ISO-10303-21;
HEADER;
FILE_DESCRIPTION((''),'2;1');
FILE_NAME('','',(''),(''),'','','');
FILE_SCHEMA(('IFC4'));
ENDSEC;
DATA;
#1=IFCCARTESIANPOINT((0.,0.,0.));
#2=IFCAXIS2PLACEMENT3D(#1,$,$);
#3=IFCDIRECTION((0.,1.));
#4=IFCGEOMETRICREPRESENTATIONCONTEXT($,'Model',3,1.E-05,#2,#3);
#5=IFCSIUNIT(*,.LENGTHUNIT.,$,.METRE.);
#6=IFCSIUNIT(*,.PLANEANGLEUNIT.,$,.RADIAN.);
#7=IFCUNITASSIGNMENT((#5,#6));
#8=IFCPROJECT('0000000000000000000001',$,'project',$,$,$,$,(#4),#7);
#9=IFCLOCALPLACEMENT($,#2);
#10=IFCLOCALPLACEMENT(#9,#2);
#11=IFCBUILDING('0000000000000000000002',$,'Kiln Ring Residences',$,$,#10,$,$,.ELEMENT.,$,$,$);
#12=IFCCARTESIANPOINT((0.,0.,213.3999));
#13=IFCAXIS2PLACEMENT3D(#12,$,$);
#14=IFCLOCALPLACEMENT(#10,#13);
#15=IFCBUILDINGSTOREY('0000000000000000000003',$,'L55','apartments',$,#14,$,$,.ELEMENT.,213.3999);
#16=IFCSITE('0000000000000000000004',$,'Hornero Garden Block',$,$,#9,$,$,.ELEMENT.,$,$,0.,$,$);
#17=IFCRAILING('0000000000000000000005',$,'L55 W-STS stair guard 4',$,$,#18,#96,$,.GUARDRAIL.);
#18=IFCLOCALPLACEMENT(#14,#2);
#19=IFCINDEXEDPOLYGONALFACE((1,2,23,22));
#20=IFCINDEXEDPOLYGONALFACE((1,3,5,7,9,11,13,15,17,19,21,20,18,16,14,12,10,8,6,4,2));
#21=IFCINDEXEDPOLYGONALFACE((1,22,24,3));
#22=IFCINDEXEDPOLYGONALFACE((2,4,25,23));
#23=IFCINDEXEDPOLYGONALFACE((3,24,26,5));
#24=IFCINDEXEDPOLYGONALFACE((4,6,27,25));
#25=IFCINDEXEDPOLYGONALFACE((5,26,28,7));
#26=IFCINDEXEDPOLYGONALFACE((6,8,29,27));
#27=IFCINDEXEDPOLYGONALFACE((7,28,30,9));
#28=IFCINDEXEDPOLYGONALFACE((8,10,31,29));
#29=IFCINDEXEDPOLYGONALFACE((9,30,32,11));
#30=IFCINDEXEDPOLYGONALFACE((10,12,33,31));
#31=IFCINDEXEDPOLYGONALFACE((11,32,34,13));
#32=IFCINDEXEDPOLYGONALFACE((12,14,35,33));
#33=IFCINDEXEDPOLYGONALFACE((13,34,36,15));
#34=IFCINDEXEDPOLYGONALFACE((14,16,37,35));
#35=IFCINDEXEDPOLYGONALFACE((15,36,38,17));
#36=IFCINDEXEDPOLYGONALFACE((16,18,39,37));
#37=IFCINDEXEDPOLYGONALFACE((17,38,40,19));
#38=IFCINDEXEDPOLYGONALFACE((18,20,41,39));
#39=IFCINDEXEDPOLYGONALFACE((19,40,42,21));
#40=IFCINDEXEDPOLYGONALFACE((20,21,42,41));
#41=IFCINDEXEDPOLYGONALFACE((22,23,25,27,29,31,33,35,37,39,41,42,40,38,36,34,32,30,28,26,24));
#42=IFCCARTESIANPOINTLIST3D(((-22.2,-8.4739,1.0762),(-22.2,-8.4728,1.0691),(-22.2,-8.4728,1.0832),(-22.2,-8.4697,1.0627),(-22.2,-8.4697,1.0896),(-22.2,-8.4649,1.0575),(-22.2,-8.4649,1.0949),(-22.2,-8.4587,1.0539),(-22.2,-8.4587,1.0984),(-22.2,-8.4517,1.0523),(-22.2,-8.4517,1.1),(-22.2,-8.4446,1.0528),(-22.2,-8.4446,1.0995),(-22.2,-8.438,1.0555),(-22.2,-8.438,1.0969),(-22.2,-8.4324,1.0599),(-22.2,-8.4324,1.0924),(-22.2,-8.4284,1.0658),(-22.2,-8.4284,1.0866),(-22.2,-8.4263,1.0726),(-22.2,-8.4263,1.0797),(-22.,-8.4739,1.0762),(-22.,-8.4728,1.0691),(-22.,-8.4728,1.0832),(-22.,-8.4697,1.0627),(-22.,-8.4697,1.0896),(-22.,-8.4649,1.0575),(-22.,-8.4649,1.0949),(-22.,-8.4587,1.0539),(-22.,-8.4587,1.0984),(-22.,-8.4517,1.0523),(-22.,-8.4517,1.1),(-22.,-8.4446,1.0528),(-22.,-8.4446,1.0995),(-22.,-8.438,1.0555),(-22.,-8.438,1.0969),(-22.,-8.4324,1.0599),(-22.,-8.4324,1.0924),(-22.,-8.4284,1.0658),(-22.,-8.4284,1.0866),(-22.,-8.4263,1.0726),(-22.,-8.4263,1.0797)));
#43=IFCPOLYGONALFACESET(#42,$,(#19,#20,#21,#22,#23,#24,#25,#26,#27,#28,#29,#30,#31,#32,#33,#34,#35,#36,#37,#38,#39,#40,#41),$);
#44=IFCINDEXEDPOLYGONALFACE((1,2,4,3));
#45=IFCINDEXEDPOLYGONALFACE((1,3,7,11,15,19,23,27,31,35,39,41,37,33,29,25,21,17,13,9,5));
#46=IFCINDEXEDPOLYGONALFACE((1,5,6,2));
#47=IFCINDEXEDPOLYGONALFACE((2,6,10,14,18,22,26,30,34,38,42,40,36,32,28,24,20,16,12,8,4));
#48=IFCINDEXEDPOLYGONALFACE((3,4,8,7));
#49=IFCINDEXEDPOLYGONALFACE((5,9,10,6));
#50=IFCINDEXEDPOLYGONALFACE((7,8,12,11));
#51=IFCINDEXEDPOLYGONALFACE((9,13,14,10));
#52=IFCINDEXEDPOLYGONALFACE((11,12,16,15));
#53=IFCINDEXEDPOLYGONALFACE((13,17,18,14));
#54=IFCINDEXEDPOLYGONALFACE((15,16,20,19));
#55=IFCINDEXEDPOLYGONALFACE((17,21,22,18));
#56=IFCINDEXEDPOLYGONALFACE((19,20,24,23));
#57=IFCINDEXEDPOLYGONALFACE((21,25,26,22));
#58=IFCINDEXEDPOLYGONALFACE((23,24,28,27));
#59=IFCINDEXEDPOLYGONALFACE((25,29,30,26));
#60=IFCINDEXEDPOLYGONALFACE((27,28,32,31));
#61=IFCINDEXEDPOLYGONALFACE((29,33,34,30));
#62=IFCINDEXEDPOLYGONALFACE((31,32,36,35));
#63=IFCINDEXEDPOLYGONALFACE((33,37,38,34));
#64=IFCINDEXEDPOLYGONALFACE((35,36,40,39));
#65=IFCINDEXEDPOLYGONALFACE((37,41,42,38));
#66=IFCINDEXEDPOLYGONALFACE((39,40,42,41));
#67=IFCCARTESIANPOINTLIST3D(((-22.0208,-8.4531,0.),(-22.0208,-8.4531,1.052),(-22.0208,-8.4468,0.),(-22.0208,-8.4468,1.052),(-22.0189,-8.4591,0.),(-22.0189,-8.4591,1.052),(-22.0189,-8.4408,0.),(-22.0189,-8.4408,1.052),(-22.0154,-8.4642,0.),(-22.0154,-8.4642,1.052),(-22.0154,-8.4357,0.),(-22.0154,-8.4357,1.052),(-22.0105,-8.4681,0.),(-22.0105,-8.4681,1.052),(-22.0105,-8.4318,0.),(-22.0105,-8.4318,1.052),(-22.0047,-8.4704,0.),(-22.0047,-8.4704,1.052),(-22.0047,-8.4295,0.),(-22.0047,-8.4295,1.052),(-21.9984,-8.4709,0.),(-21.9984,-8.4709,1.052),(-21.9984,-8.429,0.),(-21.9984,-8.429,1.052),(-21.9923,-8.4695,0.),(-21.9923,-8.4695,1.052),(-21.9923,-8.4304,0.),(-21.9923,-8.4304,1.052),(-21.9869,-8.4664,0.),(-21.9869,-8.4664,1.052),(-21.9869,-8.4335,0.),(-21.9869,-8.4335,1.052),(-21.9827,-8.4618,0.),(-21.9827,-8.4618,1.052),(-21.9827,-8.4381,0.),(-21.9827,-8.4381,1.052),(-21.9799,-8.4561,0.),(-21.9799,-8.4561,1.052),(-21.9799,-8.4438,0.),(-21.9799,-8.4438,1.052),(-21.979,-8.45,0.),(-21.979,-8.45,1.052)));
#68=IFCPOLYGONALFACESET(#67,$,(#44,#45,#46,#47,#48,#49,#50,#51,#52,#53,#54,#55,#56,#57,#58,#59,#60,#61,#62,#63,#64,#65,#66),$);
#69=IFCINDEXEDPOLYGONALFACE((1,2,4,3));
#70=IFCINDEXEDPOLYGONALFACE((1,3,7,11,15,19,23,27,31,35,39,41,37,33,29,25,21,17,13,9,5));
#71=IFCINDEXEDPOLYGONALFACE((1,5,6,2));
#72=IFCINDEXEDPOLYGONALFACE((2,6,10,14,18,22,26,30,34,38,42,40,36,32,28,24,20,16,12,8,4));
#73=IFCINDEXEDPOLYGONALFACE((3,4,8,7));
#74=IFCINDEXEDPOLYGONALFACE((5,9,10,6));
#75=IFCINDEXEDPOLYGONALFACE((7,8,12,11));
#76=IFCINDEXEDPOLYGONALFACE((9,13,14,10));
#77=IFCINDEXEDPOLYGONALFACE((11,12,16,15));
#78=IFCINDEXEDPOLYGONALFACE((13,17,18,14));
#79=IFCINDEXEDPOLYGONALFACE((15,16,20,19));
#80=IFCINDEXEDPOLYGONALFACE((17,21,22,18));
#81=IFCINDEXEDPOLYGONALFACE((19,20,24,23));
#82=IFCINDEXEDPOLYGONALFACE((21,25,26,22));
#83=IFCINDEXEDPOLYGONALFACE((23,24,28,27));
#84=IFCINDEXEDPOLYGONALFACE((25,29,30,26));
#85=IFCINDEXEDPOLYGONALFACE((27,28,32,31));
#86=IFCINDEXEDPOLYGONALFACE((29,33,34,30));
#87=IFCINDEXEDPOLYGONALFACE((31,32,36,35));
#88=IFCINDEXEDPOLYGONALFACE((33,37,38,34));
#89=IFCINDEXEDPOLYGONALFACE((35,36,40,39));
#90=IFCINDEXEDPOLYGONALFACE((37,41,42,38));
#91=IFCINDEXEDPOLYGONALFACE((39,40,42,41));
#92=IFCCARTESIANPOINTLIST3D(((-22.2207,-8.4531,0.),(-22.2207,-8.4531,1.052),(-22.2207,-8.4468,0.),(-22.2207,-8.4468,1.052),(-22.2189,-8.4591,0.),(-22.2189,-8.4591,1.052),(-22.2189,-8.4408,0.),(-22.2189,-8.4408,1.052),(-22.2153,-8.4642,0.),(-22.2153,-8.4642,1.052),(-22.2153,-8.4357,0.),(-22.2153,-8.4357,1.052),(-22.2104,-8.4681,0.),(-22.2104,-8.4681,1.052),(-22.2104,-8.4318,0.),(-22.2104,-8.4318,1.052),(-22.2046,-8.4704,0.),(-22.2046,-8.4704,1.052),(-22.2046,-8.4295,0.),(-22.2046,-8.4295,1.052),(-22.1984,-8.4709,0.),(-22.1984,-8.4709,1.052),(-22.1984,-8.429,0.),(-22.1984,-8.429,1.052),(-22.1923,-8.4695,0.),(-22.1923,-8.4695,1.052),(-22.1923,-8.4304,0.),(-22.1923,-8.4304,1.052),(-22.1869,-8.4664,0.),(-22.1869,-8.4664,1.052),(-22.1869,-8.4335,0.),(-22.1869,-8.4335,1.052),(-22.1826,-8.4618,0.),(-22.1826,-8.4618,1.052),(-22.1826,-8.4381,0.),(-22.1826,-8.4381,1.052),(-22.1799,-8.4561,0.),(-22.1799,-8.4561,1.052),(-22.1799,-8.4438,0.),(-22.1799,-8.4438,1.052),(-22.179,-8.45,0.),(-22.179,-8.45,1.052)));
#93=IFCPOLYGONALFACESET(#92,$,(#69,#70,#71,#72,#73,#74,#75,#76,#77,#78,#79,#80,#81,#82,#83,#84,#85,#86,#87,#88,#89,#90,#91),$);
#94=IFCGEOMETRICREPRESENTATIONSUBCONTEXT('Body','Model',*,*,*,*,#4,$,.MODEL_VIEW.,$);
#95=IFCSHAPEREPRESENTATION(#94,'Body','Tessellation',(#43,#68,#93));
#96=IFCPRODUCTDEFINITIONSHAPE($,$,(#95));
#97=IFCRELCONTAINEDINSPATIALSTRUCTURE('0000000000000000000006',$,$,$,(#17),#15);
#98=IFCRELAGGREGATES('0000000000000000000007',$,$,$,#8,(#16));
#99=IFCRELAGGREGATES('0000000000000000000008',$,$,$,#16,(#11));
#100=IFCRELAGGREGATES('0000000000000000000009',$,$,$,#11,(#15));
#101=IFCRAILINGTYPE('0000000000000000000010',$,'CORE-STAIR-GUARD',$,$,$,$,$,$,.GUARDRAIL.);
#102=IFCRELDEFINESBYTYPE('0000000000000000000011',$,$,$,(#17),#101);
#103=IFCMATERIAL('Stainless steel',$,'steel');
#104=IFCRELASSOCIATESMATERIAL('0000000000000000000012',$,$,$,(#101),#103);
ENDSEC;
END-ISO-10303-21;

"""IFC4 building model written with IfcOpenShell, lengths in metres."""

from ifc_helpers import new_model, si_unit, direction, frame, origin, origin_2d, place, context, subcontext, project, spatial, circle, extrude, material, type_object, element, save


model = new_model("IFC4")

# Units and contexts
model_context = context("Model", 3, precision=1e-05, world=origin(), true_north=direction((0.0, 1.0)))
body_context = subcontext(model_context, "Body", "Model", "MODEL_VIEW")
ifc_project = project(units=[si_unit("LENGTHUNIT", "METRE"), si_unit("PLANEANGLEUNIT", "RADIAN")], contexts=[model_context])

# Site, building, storey
site_placement = place(None, origin())
site = spatial("IfcSite", under=ifc_project, at=site_placement, Name="Hornero Garden Block", CompositionType="ELEMENT", RefElevation=0.0)
building_placement = place(site_placement, origin())
building = spatial("IfcBuilding", under=site, at=building_placement, Name="Kiln Ring Residences", CompositionType="ELEMENT")
storey_placement = place(building_placement, frame((0.0, 0.0, 213.3999)))
storey = spatial("IfcBuildingStorey", under=building, at=storey_placement, Name="L55", Description="apartments", CompositionType="ELEMENT", Elevation=213.3999)

# Railing
ifc_material_1 = material(Name="Stainless steel", Category="steel")
railing_type_1 = type_object("IfcRailingType", Name="CORE-STAIR-GUARD", PredefinedType="GUARDRAIL", material=ifc_material_1)
railing_1_placement = place(storey_placement, frame((-22.0, -8.45, 0.0)))
element("IfcRailing", 1, at=railing_1_placement, inside=storey, type_object=railing_type_1, Name="L55 W-STS stair guard 4", PredefinedType="GUARDRAIL", context=body_context, shape_type="SweptSolid", body=[
    extrude(circle(Radius=0.0239, at=origin_2d()), frame((0.0, 0.0, 1.0762), z_axis=(-1.0, 0.0, 0.0), x_axis=(0.0, -1.0, 0.0)), (0.0, 0.0, 1.0), 0.2),
    extrude(circle(Radius=0.021, at=origin_2d()), origin(), (0.0, 0.0, 1.0), 1.052),
    extrude(circle(Radius=0.021, at=origin_2d()), frame((-0.2, 0.0, 0.0)), (0.0, 0.0, 1.0), 1.052),
])

save(model, "model.ifc")
